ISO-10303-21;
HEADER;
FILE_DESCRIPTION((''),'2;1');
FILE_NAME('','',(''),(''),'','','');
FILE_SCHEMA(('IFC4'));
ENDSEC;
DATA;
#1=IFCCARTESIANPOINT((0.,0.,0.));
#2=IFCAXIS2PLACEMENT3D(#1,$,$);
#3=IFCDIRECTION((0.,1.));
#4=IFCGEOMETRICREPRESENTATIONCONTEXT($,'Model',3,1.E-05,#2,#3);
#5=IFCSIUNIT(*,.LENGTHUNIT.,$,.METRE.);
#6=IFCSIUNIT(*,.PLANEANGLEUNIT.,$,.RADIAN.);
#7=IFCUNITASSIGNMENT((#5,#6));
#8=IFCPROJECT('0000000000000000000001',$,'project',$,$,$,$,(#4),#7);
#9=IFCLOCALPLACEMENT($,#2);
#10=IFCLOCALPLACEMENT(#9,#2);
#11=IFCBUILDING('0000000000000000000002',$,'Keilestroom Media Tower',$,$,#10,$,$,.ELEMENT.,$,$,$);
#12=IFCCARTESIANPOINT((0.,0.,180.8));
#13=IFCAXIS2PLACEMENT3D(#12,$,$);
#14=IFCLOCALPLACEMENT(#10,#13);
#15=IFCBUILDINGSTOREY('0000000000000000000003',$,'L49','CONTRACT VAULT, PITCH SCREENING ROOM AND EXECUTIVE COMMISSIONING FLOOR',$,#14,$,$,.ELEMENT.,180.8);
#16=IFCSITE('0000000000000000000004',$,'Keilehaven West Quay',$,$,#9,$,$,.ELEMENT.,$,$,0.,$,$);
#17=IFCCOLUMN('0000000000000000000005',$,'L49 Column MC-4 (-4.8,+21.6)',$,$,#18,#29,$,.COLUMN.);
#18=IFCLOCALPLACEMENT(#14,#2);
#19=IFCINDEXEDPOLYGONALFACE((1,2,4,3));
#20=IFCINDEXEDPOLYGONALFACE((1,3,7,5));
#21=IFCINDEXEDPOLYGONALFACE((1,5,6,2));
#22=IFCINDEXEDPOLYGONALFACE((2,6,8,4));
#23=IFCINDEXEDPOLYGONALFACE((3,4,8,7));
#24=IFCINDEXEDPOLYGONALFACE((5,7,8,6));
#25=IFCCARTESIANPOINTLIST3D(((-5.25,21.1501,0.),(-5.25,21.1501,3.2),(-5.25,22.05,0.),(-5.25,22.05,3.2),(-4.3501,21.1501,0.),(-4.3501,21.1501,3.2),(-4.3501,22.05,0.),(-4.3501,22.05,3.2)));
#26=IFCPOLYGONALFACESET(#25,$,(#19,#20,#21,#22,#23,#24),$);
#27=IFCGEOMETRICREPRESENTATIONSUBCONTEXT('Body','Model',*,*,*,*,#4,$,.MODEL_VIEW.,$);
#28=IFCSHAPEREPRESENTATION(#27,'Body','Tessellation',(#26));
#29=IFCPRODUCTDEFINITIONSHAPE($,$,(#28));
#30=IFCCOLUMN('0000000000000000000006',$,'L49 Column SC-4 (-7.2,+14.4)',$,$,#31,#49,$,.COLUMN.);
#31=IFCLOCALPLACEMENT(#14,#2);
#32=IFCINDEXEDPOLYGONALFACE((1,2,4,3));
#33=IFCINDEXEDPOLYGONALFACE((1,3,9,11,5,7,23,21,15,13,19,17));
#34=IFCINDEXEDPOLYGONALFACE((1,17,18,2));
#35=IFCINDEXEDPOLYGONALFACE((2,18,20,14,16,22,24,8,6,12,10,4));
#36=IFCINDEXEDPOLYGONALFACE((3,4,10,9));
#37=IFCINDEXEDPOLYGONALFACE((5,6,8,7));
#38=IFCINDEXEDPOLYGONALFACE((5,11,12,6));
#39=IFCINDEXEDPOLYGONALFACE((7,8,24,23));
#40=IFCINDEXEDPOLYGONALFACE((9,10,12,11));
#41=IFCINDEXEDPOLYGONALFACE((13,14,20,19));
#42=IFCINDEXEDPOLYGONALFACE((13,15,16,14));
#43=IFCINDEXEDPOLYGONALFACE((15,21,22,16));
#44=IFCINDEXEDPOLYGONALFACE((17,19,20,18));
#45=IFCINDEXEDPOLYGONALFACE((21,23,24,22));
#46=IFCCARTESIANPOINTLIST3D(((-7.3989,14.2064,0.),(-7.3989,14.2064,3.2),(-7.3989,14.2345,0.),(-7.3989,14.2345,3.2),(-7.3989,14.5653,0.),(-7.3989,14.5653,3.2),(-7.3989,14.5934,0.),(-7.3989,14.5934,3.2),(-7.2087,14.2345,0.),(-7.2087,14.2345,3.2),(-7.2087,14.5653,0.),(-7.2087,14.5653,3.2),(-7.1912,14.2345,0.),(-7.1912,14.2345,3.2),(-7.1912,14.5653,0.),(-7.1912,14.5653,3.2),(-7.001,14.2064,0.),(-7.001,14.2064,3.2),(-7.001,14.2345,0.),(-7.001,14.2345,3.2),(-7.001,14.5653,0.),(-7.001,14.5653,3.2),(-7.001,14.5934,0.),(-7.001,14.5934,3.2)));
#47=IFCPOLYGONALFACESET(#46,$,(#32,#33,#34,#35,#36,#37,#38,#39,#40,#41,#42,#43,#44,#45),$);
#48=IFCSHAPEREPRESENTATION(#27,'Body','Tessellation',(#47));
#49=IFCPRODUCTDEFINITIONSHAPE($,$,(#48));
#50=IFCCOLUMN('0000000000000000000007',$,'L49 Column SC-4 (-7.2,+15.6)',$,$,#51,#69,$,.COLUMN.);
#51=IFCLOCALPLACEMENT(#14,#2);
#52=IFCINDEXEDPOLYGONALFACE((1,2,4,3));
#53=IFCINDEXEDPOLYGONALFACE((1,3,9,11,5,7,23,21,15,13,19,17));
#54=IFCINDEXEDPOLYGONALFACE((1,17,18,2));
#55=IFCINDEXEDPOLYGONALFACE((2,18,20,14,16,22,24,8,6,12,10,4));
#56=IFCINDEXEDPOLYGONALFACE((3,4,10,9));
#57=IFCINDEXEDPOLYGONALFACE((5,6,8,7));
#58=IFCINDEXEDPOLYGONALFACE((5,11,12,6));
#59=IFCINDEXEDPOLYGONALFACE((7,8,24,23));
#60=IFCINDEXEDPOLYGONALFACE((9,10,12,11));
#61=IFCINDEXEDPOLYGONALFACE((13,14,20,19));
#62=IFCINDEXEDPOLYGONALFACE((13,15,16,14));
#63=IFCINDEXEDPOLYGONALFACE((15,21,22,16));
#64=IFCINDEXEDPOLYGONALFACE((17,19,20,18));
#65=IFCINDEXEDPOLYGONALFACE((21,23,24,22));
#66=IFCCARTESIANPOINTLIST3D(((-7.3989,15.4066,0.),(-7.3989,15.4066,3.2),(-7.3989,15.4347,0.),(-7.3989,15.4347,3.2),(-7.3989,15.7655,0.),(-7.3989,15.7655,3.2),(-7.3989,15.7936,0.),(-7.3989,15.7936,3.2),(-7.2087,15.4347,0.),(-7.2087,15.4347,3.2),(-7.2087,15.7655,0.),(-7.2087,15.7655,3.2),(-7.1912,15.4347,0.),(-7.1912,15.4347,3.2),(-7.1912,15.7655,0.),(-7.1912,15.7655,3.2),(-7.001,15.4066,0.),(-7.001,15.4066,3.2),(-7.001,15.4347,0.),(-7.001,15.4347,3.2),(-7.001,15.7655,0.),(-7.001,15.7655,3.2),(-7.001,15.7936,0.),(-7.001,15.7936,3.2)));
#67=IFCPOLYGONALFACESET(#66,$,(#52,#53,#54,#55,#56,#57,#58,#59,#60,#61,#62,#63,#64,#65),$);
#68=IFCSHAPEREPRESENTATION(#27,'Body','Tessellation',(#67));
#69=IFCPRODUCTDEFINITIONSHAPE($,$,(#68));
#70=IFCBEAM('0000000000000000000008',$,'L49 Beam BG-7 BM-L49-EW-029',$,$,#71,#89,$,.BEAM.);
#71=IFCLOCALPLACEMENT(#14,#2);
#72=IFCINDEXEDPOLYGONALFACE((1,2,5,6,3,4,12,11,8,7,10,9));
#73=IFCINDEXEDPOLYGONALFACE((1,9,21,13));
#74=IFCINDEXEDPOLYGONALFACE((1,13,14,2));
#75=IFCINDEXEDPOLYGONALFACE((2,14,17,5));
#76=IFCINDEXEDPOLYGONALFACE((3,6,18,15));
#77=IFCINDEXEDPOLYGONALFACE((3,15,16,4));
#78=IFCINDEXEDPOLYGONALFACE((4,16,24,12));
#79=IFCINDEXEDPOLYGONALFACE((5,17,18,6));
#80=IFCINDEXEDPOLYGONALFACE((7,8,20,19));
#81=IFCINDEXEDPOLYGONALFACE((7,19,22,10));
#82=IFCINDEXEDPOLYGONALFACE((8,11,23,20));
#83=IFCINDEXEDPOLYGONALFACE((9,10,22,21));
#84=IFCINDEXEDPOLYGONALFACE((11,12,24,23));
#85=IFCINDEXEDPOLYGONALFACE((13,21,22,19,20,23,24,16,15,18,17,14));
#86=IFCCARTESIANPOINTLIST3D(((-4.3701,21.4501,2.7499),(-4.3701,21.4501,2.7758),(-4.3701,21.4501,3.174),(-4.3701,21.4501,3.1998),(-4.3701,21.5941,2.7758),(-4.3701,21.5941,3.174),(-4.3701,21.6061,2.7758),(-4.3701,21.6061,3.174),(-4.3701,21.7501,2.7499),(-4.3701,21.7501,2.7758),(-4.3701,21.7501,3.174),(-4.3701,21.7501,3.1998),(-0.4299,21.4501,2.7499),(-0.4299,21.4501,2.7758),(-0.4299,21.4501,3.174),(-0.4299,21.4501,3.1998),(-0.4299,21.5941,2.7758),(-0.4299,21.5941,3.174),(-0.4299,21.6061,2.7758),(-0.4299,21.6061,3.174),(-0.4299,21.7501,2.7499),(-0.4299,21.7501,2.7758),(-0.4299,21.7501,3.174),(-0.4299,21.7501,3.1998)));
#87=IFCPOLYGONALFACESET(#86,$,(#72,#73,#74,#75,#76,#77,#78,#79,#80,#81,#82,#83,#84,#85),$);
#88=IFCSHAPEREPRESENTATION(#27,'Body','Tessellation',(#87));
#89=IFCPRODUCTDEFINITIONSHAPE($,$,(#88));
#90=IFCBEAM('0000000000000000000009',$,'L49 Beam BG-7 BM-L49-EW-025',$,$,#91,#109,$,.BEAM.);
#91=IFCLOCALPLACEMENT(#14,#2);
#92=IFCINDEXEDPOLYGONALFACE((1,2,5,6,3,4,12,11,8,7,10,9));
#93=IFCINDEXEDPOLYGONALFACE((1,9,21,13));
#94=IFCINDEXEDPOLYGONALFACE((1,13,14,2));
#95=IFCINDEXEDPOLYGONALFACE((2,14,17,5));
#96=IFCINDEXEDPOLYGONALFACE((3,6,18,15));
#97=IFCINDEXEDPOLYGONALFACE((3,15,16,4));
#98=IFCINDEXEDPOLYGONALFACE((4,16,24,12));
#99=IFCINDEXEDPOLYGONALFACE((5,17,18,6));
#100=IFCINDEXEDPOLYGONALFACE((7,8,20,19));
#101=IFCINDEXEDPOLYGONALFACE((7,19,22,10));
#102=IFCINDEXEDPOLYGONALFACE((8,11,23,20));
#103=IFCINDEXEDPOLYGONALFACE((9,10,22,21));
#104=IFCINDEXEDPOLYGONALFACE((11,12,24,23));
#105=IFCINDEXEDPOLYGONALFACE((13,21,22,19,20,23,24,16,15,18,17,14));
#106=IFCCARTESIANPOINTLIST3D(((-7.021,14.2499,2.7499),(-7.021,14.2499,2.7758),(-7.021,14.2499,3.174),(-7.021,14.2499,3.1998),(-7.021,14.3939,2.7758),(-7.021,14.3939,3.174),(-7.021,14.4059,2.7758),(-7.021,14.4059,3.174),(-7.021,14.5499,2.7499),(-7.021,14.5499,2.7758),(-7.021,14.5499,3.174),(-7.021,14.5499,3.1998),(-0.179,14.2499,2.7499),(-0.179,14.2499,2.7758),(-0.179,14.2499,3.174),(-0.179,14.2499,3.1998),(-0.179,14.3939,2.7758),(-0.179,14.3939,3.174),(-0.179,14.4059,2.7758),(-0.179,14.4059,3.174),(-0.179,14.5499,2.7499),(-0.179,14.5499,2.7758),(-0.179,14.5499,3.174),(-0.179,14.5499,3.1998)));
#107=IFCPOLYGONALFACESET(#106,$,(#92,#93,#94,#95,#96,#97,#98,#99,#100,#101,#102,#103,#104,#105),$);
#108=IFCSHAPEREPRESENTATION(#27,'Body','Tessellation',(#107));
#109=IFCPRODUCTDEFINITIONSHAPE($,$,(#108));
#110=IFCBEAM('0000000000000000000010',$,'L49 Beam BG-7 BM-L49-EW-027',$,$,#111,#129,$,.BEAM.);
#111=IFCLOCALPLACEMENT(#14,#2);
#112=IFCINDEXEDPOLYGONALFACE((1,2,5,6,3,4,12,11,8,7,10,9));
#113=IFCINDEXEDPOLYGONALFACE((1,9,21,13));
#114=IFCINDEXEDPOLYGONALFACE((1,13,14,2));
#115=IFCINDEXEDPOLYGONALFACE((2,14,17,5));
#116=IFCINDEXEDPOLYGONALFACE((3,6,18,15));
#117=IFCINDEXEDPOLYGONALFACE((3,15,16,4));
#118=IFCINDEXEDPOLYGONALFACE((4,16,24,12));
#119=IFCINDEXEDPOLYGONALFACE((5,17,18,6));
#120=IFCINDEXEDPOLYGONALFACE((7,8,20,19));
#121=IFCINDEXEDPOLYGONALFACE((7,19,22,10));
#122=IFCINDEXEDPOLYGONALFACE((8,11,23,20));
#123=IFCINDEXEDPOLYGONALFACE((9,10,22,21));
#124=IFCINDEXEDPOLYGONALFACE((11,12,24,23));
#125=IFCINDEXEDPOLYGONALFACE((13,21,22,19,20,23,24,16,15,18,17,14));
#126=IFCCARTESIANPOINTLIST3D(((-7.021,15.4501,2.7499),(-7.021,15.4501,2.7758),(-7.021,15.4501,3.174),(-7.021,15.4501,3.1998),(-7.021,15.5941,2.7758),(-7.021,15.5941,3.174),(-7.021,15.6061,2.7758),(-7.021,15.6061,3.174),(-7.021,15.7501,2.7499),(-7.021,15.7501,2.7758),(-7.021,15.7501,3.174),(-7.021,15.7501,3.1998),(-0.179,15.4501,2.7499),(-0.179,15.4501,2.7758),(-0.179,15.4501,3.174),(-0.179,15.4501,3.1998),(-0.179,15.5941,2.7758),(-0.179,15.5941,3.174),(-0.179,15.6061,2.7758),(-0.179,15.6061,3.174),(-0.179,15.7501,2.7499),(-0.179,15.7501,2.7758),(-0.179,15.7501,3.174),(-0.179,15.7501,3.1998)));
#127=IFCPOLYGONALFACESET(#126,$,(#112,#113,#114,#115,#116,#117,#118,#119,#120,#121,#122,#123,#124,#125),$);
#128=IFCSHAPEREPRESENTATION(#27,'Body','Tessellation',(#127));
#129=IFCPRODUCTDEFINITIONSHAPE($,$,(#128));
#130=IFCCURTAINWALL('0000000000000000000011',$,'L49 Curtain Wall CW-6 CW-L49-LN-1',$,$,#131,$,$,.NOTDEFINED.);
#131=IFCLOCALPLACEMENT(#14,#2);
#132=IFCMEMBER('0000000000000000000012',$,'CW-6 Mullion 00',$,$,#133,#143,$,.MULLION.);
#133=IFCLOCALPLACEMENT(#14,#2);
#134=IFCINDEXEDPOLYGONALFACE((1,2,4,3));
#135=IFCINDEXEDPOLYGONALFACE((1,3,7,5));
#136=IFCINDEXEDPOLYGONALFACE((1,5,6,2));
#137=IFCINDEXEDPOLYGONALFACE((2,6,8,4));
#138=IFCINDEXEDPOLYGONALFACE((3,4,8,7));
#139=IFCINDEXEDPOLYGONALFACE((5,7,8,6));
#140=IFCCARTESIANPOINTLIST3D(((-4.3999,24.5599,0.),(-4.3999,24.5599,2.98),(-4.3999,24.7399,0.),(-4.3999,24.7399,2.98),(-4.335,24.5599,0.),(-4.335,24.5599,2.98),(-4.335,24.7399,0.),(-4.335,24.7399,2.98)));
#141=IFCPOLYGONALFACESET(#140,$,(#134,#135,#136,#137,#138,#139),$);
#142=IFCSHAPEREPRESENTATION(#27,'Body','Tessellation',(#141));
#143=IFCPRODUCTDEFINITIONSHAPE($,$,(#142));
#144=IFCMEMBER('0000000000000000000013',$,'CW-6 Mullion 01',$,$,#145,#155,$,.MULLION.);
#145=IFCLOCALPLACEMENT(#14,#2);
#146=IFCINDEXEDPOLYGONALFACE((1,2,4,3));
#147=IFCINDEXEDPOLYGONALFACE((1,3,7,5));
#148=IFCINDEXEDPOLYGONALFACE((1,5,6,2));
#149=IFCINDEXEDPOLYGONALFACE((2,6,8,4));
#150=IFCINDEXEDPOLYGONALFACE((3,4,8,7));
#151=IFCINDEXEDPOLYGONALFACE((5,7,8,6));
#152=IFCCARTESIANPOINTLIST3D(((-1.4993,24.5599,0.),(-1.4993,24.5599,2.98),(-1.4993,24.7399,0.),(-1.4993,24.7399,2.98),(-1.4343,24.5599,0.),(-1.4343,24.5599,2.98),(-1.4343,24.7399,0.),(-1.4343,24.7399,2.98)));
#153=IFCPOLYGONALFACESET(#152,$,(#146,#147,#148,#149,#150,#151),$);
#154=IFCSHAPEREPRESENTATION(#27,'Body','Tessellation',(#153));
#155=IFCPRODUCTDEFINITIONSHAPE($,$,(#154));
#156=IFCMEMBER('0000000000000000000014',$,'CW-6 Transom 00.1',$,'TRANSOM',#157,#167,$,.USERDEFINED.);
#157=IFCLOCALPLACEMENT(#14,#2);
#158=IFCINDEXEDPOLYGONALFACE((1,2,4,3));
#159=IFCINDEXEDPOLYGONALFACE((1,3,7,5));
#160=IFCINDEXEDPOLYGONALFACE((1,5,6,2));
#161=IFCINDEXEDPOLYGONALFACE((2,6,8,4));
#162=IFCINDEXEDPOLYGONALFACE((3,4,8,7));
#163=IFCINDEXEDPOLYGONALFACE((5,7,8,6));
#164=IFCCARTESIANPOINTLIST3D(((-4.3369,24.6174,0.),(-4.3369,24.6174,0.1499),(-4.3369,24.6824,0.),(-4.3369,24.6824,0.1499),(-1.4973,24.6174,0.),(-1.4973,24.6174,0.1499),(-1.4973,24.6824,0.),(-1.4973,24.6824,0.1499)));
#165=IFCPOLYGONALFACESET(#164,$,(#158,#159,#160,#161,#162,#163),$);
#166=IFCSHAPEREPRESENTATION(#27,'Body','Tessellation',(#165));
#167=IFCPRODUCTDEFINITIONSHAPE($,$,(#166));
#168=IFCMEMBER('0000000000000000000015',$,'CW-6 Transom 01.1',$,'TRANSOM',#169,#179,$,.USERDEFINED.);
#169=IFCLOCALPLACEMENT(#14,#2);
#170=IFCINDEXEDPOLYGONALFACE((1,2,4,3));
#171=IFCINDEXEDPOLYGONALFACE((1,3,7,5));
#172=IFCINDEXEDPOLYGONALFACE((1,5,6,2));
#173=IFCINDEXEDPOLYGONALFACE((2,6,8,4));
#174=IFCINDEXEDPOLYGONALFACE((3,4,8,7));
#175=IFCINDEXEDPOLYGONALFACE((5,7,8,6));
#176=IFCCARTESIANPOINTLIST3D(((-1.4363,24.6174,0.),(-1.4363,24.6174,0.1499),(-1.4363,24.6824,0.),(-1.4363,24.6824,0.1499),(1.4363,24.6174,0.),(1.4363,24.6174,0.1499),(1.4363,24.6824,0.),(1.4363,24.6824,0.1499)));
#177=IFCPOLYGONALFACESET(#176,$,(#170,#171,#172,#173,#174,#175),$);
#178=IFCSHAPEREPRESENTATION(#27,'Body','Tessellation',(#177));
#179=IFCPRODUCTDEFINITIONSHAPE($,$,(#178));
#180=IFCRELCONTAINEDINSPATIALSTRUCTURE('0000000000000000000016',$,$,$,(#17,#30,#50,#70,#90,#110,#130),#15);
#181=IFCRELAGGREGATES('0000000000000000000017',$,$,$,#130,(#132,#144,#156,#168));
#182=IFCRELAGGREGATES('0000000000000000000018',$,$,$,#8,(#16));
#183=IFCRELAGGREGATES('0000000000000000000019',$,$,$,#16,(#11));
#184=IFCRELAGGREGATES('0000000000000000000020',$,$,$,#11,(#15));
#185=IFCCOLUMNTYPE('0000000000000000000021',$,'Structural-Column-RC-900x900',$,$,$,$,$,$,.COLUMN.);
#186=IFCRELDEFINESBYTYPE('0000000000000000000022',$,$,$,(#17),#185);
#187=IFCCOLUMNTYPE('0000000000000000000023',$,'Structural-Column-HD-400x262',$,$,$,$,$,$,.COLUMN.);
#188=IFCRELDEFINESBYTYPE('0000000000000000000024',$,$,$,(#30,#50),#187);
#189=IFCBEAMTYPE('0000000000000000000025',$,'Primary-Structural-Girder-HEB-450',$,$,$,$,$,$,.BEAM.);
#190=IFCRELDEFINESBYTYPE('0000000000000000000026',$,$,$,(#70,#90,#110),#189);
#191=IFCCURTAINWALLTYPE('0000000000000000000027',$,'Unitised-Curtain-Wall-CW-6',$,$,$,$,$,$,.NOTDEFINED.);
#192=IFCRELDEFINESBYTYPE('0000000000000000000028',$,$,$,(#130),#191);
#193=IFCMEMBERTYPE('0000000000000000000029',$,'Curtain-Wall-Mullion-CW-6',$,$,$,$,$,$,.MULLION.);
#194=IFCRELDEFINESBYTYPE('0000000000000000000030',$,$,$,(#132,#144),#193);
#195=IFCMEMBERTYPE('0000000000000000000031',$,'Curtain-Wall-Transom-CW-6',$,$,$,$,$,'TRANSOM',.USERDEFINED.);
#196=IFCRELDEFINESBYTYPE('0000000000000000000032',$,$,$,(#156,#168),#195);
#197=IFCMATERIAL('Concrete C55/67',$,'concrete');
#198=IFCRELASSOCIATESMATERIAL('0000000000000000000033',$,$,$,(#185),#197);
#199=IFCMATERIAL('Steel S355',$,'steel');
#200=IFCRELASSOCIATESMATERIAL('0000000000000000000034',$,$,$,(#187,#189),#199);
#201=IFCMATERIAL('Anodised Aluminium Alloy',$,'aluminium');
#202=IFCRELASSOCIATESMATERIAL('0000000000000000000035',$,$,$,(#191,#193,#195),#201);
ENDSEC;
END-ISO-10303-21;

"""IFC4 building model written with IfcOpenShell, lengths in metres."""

from ifc_helpers import new_model, si_unit, direction, frame, origin, origin_2d, place, context, subcontext, project, spatial, rectangle, i_section, extrude, source, transform, mapped, material, material_profile, profile_set, type_object, element, aggregate, save


model = new_model("IFC4")

# Units and contexts
model_context = context("Model", 3, precision=1e-05, world=origin(), true_north=direction((0.0, 1.0)))
body_context = subcontext(model_context, "Body", "Model", "MODEL_VIEW")
ifc_project = project(units=[si_unit("LENGTHUNIT", "METRE"), si_unit("PLANEANGLEUNIT", "RADIAN")], contexts=[model_context])

# Site, building, storey
site_placement = place(None, origin())
site = spatial("IfcSite", under=ifc_project, at=site_placement, Name="Keilehaven West Quay", CompositionType="ELEMENT", RefElevation=0.0)
building_placement = place(site_placement, origin())
building = spatial("IfcBuilding", under=site, at=building_placement, Name="Keilestroom Media Tower", CompositionType="ELEMENT")
storey_placement = place(building_placement, frame((0.0, 0.0, 180.8)))
storey = spatial("IfcBuildingStorey", under=building, at=storey_placement, Name="L49", Description="CONTRACT VAULT, PITCH SCREENING ROOM AND EXECUTIVE COMMISSIONING FLOOR", CompositionType="ELEMENT", Elevation=180.8)

# Columns
ifc_material_1 = material(Name="Concrete C55/67", Category="concrete")
ifc_material_profile_1 = material_profile(ifc_material_1, rectangle(XDim=0.8999, YDim=0.8999, at=origin_2d()), Name="RC 900x900")
ifc_profile_set_1 = profile_set([ifc_material_profile_1], Name="Concrete C55/67")
column_type_1 = type_object("IfcColumnType", Name="Structural-Column-RC-900x900", PredefinedType="COLUMN", material=ifc_profile_set_1)
shared_shape_1 = source(origin(), body_context, "Body", "SweptSolid", [
    extrude(rectangle(XDim=0.8999, YDim=0.8999, at=origin_2d()), origin(), (0.0, 0.0, 1.0), 3.2),
])
column_placement = place(storey_placement, frame((-4.8, 21.6001, 0.0), z_axis=(0.0, 0.0, 1.0), x_axis=(1.0, 0.0, 0.0)))
element("IfcColumn", 1, at=column_placement, inside=storey, type_object=column_type_1, Name="L49 Column MC-4 (-4.8,+21.6)", PredefinedType="COLUMN", context=body_context, shape_type="MappedRepresentation", body=[
    mapped(shared_shape_1, transform((0.0, 0.0, 0.0), x_axis=(1.0, 0.0, 0.0), y_axis=(0.0, 1.0, 0.0), z_axis=(0.0, 0.0, 1.0), scale=1.0)),
])
ifc_material_2 = material(Name="Steel S355", Category="steel")
ifc_material_profile_2 = material_profile(ifc_material_2, i_section(OverallWidth=0.3979, OverallDepth=0.387, WebThickness=0.0176, FlangeThickness=0.0281, at=origin_2d()), Name="HD 400x262")
ifc_profile_set_2 = profile_set([ifc_material_profile_2], Name="Steel S355")
column_type_2 = type_object("IfcColumnType", Name="Structural-Column-HD-400x262", PredefinedType="COLUMN", material=ifc_profile_set_2)
shared_shape_2 = source(origin(), body_context, "Body", "SweptSolid", [
    extrude(i_section(OverallWidth=0.3979, OverallDepth=0.387, WebThickness=0.0176, FlangeThickness=0.0281, at=origin_2d()), origin(), (0.0, 0.0, 1.0), 3.2),
])
for number, where, z_axis, x_axis, name in (
    (2, (-7.2, 14.3999, 0.0), (0.0, 0.0, 1.0), (1.0, 0.0, 0.0), "L49 Column SC-4 (-7.2,+14.4)"),
    (3, (-7.2, 15.6001, 0.0), (0.0, 0.0, 1.0), (1.0, 0.0, 0.0), "L49 Column SC-4 (-7.2,+15.6)"),
):
    element("IfcColumn", number, at=place(storey_placement, frame(where, z_axis=z_axis, x_axis=x_axis)), inside=storey, type_object=column_type_2, Name=name, PredefinedType="COLUMN", context=body_context, shape_type="MappedRepresentation", body=[
        mapped(shared_shape_2, transform((0.0, 0.0, 0.0), x_axis=(1.0, 0.0, 0.0), y_axis=(0.0, 1.0, 0.0), z_axis=(0.0, 0.0, 1.0), scale=1.0)),
    ])

# Beams
ifc_material_profile_3 = material_profile(ifc_material_2, i_section(OverallWidth=0.3, OverallDepth=0.45, WebThickness=0.012, FlangeThickness=0.0259, at=origin_2d()), Name="HEB 450")
ifc_profile_set_3 = profile_set([ifc_material_profile_3], Name="Steel S355")
beam_type = type_object("IfcBeamType", Name="Primary-Structural-Girder-HEB-450", PredefinedType="BEAM", material=ifc_profile_set_3)
shared_shape_3 = source(origin(), body_context, "Body", "SweptSolid", [
    extrude(i_section(OverallWidth=0.3, OverallDepth=0.45, WebThickness=0.012, FlangeThickness=0.0259, at=origin_2d()), origin(), (0.0, 0.0, 1.0), 3.9402),
])
beam_placement = place(storey_placement, frame((-4.3701, 21.6001, 2.9749), z_axis=(1.0, 0.0, 0.0), x_axis=(0.0, 1.0, 0.0)))
element("IfcBeam", 4, at=beam_placement, inside=storey, type_object=beam_type, Name="L49 Beam BG-7 BM-L49-EW-029", PredefinedType="BEAM", context=body_context, shape_type="MappedRepresentation", body=[
    mapped(shared_shape_3, transform((0.0, 0.0, 0.0), x_axis=(1.0, 0.0, 0.0), y_axis=(0.0, 1.0, 0.0), z_axis=(0.0, 0.0, 1.0), scale=1.0)),
])
shared_shape_4 = source(origin(), body_context, "Body", "SweptSolid", [
    extrude(i_section(OverallWidth=0.3, OverallDepth=0.45, WebThickness=0.012, FlangeThickness=0.0259, at=origin_2d()), origin(), (0.0, 0.0, 1.0), 6.842),
])
for number, where, z_axis, x_axis, name in (
    (5, (-7.021, 14.3999, 2.9749), (1.0, 0.0, 0.0), (0.0, 1.0, 0.0), "L49 Beam BG-7 BM-L49-EW-025"),
    (6, (-7.021, 15.6001, 2.9749), (1.0, 0.0, 0.0), (0.0, 1.0, 0.0), "L49 Beam BG-7 BM-L49-EW-027"),
):
    element("IfcBeam", number, at=place(storey_placement, frame(where, z_axis=z_axis, x_axis=x_axis)), inside=storey, type_object=beam_type, Name=name, PredefinedType="BEAM", context=body_context, shape_type="MappedRepresentation", body=[
        mapped(shared_shape_4, transform((0.0, 0.0, 0.0), x_axis=(1.0, 0.0, 0.0), y_axis=(0.0, 1.0, 0.0), z_axis=(0.0, 0.0, 1.0), scale=1.0)),
    ])

# Curtain wall, members
ifc_material_3 = material(Name="Anodised Aluminium Alloy", Category="aluminium")
curtain_wall_type = type_object("IfcCurtainWallType", Name="Unitised-Curtain-Wall-CW-6", PredefinedType="NOTDEFINED", material=ifc_material_3)
curtain_wall_placement = place(storey_placement, origin())
curtain_wall = element("IfcCurtainWall", 7, at=curtain_wall_placement, inside=storey, type_object=curtain_wall_type, Name="L49 Curtain Wall CW-6 CW-L49-LN-1", PredefinedType="NOTDEFINED")
ifc_material_profile_4 = material_profile(ifc_material_3, rectangle(XDim=0.0649, YDim=0.1799, at=origin_2d()), Name="ALU MULLION 65x180")
ifc_profile_set_4 = profile_set([ifc_material_profile_4], Name="Anodised Aluminium Alloy")
member_type_1 = type_object("IfcMemberType", Name="Curtain-Wall-Mullion-CW-6", PredefinedType="MULLION", material=ifc_profile_set_4)
shared_shape_5 = source(origin(), body_context, "Body", "SweptSolid", [
    extrude(rectangle(XDim=0.0649, YDim=0.1799, at=origin_2d()), origin(), (0.0, 0.0, 1.0), 2.98),
])
member_1_placement = place(storey_placement, frame((-4.3674, 24.6499, 0.0), z_axis=(0.0, 0.0, 1.0), x_axis=(1.0, 0.0, 0.0)))
member_1 = element("IfcMember", 8, at=member_1_placement, type_object=member_type_1, Name="CW-6 Mullion 00", PredefinedType="MULLION", context=body_context, shape_type="MappedRepresentation", body=[
    mapped(shared_shape_5, transform((0.0, 0.0, 0.0), x_axis=(1.0, 0.0, 0.0), y_axis=(0.0, 1.0, 0.0), z_axis=(0.0, 0.0, 1.0), scale=1.0)),
])
member_2_placement = place(storey_placement, frame((-1.4668, 24.6499, 0.0), z_axis=(0.0, 0.0, 1.0), x_axis=(1.0, 0.0, 0.0)))
member_2 = element("IfcMember", 9, at=member_2_placement, type_object=member_type_1, Name="CW-6 Mullion 01", PredefinedType="MULLION", context=body_context, shape_type="MappedRepresentation", body=[
    mapped(shared_shape_5, transform((0.0, 0.0, 0.0), x_axis=(1.0, 0.0, 0.0), y_axis=(0.0, 1.0, 0.0), z_axis=(0.0, 0.0, 1.0), scale=1.0)),
])
ifc_material_profile_5 = material_profile(ifc_material_3, rectangle(XDim=0.0649, YDim=0.1499, at=origin_2d()), Name="ALU TRANSOM 65x150")
ifc_profile_set_5 = profile_set([ifc_material_profile_5], Name="Anodised Aluminium Alloy")
member_type_2 = type_object("IfcMemberType", Name="Curtain-Wall-Transom-CW-6", ElementType="TRANSOM", PredefinedType="USERDEFINED", material=ifc_profile_set_5)
shared_shape_6 = source(origin(), body_context, "Body", "SweptSolid", [
    extrude(rectangle(XDim=0.0649, YDim=0.1499, at=origin_2d()), origin(), (0.0, 0.0, 1.0), 2.8396),
])
member_3_placement = place(storey_placement, frame((-4.3369, 24.6499, 0.075), z_axis=(1.0, 0.0, 0.0), x_axis=(0.0, 1.0, 0.0)))
member_3 = element("IfcMember", 10, at=member_3_placement, type_object=member_type_2, Name="CW-6 Transom 00.1", ObjectType="TRANSOM", PredefinedType="USERDEFINED", context=body_context, shape_type="MappedRepresentation", body=[
    mapped(shared_shape_6, transform((0.0, 0.0, 0.0), x_axis=(1.0, 0.0, 0.0), y_axis=(0.0, 1.0, 0.0), z_axis=(0.0, 0.0, 1.0), scale=1.0)),
])
shared_shape_7 = source(origin(), body_context, "Body", "SweptSolid", [
    extrude(rectangle(XDim=0.0649, YDim=0.1499, at=origin_2d()), origin(), (0.0, 0.0, 1.0), 2.8726),
])
member_4_placement = place(storey_placement, frame((-1.4363, 24.6499, 0.075), z_axis=(1.0, 0.0, 0.0), x_axis=(0.0, 1.0, 0.0)))
member_4 = element("IfcMember", 11, at=member_4_placement, type_object=member_type_2, Name="CW-6 Transom 01.1", ObjectType="TRANSOM", PredefinedType="USERDEFINED", context=body_context, shape_type="MappedRepresentation", body=[
    mapped(shared_shape_7, transform((0.0, 0.0, 0.0), x_axis=(1.0, 0.0, 0.0), y_axis=(0.0, 1.0, 0.0), z_axis=(0.0, 0.0, 1.0), scale=1.0)),
])
aggregate(curtain_wall, [member_1, member_2, member_3, member_4])

save(model, "model.ifc")
